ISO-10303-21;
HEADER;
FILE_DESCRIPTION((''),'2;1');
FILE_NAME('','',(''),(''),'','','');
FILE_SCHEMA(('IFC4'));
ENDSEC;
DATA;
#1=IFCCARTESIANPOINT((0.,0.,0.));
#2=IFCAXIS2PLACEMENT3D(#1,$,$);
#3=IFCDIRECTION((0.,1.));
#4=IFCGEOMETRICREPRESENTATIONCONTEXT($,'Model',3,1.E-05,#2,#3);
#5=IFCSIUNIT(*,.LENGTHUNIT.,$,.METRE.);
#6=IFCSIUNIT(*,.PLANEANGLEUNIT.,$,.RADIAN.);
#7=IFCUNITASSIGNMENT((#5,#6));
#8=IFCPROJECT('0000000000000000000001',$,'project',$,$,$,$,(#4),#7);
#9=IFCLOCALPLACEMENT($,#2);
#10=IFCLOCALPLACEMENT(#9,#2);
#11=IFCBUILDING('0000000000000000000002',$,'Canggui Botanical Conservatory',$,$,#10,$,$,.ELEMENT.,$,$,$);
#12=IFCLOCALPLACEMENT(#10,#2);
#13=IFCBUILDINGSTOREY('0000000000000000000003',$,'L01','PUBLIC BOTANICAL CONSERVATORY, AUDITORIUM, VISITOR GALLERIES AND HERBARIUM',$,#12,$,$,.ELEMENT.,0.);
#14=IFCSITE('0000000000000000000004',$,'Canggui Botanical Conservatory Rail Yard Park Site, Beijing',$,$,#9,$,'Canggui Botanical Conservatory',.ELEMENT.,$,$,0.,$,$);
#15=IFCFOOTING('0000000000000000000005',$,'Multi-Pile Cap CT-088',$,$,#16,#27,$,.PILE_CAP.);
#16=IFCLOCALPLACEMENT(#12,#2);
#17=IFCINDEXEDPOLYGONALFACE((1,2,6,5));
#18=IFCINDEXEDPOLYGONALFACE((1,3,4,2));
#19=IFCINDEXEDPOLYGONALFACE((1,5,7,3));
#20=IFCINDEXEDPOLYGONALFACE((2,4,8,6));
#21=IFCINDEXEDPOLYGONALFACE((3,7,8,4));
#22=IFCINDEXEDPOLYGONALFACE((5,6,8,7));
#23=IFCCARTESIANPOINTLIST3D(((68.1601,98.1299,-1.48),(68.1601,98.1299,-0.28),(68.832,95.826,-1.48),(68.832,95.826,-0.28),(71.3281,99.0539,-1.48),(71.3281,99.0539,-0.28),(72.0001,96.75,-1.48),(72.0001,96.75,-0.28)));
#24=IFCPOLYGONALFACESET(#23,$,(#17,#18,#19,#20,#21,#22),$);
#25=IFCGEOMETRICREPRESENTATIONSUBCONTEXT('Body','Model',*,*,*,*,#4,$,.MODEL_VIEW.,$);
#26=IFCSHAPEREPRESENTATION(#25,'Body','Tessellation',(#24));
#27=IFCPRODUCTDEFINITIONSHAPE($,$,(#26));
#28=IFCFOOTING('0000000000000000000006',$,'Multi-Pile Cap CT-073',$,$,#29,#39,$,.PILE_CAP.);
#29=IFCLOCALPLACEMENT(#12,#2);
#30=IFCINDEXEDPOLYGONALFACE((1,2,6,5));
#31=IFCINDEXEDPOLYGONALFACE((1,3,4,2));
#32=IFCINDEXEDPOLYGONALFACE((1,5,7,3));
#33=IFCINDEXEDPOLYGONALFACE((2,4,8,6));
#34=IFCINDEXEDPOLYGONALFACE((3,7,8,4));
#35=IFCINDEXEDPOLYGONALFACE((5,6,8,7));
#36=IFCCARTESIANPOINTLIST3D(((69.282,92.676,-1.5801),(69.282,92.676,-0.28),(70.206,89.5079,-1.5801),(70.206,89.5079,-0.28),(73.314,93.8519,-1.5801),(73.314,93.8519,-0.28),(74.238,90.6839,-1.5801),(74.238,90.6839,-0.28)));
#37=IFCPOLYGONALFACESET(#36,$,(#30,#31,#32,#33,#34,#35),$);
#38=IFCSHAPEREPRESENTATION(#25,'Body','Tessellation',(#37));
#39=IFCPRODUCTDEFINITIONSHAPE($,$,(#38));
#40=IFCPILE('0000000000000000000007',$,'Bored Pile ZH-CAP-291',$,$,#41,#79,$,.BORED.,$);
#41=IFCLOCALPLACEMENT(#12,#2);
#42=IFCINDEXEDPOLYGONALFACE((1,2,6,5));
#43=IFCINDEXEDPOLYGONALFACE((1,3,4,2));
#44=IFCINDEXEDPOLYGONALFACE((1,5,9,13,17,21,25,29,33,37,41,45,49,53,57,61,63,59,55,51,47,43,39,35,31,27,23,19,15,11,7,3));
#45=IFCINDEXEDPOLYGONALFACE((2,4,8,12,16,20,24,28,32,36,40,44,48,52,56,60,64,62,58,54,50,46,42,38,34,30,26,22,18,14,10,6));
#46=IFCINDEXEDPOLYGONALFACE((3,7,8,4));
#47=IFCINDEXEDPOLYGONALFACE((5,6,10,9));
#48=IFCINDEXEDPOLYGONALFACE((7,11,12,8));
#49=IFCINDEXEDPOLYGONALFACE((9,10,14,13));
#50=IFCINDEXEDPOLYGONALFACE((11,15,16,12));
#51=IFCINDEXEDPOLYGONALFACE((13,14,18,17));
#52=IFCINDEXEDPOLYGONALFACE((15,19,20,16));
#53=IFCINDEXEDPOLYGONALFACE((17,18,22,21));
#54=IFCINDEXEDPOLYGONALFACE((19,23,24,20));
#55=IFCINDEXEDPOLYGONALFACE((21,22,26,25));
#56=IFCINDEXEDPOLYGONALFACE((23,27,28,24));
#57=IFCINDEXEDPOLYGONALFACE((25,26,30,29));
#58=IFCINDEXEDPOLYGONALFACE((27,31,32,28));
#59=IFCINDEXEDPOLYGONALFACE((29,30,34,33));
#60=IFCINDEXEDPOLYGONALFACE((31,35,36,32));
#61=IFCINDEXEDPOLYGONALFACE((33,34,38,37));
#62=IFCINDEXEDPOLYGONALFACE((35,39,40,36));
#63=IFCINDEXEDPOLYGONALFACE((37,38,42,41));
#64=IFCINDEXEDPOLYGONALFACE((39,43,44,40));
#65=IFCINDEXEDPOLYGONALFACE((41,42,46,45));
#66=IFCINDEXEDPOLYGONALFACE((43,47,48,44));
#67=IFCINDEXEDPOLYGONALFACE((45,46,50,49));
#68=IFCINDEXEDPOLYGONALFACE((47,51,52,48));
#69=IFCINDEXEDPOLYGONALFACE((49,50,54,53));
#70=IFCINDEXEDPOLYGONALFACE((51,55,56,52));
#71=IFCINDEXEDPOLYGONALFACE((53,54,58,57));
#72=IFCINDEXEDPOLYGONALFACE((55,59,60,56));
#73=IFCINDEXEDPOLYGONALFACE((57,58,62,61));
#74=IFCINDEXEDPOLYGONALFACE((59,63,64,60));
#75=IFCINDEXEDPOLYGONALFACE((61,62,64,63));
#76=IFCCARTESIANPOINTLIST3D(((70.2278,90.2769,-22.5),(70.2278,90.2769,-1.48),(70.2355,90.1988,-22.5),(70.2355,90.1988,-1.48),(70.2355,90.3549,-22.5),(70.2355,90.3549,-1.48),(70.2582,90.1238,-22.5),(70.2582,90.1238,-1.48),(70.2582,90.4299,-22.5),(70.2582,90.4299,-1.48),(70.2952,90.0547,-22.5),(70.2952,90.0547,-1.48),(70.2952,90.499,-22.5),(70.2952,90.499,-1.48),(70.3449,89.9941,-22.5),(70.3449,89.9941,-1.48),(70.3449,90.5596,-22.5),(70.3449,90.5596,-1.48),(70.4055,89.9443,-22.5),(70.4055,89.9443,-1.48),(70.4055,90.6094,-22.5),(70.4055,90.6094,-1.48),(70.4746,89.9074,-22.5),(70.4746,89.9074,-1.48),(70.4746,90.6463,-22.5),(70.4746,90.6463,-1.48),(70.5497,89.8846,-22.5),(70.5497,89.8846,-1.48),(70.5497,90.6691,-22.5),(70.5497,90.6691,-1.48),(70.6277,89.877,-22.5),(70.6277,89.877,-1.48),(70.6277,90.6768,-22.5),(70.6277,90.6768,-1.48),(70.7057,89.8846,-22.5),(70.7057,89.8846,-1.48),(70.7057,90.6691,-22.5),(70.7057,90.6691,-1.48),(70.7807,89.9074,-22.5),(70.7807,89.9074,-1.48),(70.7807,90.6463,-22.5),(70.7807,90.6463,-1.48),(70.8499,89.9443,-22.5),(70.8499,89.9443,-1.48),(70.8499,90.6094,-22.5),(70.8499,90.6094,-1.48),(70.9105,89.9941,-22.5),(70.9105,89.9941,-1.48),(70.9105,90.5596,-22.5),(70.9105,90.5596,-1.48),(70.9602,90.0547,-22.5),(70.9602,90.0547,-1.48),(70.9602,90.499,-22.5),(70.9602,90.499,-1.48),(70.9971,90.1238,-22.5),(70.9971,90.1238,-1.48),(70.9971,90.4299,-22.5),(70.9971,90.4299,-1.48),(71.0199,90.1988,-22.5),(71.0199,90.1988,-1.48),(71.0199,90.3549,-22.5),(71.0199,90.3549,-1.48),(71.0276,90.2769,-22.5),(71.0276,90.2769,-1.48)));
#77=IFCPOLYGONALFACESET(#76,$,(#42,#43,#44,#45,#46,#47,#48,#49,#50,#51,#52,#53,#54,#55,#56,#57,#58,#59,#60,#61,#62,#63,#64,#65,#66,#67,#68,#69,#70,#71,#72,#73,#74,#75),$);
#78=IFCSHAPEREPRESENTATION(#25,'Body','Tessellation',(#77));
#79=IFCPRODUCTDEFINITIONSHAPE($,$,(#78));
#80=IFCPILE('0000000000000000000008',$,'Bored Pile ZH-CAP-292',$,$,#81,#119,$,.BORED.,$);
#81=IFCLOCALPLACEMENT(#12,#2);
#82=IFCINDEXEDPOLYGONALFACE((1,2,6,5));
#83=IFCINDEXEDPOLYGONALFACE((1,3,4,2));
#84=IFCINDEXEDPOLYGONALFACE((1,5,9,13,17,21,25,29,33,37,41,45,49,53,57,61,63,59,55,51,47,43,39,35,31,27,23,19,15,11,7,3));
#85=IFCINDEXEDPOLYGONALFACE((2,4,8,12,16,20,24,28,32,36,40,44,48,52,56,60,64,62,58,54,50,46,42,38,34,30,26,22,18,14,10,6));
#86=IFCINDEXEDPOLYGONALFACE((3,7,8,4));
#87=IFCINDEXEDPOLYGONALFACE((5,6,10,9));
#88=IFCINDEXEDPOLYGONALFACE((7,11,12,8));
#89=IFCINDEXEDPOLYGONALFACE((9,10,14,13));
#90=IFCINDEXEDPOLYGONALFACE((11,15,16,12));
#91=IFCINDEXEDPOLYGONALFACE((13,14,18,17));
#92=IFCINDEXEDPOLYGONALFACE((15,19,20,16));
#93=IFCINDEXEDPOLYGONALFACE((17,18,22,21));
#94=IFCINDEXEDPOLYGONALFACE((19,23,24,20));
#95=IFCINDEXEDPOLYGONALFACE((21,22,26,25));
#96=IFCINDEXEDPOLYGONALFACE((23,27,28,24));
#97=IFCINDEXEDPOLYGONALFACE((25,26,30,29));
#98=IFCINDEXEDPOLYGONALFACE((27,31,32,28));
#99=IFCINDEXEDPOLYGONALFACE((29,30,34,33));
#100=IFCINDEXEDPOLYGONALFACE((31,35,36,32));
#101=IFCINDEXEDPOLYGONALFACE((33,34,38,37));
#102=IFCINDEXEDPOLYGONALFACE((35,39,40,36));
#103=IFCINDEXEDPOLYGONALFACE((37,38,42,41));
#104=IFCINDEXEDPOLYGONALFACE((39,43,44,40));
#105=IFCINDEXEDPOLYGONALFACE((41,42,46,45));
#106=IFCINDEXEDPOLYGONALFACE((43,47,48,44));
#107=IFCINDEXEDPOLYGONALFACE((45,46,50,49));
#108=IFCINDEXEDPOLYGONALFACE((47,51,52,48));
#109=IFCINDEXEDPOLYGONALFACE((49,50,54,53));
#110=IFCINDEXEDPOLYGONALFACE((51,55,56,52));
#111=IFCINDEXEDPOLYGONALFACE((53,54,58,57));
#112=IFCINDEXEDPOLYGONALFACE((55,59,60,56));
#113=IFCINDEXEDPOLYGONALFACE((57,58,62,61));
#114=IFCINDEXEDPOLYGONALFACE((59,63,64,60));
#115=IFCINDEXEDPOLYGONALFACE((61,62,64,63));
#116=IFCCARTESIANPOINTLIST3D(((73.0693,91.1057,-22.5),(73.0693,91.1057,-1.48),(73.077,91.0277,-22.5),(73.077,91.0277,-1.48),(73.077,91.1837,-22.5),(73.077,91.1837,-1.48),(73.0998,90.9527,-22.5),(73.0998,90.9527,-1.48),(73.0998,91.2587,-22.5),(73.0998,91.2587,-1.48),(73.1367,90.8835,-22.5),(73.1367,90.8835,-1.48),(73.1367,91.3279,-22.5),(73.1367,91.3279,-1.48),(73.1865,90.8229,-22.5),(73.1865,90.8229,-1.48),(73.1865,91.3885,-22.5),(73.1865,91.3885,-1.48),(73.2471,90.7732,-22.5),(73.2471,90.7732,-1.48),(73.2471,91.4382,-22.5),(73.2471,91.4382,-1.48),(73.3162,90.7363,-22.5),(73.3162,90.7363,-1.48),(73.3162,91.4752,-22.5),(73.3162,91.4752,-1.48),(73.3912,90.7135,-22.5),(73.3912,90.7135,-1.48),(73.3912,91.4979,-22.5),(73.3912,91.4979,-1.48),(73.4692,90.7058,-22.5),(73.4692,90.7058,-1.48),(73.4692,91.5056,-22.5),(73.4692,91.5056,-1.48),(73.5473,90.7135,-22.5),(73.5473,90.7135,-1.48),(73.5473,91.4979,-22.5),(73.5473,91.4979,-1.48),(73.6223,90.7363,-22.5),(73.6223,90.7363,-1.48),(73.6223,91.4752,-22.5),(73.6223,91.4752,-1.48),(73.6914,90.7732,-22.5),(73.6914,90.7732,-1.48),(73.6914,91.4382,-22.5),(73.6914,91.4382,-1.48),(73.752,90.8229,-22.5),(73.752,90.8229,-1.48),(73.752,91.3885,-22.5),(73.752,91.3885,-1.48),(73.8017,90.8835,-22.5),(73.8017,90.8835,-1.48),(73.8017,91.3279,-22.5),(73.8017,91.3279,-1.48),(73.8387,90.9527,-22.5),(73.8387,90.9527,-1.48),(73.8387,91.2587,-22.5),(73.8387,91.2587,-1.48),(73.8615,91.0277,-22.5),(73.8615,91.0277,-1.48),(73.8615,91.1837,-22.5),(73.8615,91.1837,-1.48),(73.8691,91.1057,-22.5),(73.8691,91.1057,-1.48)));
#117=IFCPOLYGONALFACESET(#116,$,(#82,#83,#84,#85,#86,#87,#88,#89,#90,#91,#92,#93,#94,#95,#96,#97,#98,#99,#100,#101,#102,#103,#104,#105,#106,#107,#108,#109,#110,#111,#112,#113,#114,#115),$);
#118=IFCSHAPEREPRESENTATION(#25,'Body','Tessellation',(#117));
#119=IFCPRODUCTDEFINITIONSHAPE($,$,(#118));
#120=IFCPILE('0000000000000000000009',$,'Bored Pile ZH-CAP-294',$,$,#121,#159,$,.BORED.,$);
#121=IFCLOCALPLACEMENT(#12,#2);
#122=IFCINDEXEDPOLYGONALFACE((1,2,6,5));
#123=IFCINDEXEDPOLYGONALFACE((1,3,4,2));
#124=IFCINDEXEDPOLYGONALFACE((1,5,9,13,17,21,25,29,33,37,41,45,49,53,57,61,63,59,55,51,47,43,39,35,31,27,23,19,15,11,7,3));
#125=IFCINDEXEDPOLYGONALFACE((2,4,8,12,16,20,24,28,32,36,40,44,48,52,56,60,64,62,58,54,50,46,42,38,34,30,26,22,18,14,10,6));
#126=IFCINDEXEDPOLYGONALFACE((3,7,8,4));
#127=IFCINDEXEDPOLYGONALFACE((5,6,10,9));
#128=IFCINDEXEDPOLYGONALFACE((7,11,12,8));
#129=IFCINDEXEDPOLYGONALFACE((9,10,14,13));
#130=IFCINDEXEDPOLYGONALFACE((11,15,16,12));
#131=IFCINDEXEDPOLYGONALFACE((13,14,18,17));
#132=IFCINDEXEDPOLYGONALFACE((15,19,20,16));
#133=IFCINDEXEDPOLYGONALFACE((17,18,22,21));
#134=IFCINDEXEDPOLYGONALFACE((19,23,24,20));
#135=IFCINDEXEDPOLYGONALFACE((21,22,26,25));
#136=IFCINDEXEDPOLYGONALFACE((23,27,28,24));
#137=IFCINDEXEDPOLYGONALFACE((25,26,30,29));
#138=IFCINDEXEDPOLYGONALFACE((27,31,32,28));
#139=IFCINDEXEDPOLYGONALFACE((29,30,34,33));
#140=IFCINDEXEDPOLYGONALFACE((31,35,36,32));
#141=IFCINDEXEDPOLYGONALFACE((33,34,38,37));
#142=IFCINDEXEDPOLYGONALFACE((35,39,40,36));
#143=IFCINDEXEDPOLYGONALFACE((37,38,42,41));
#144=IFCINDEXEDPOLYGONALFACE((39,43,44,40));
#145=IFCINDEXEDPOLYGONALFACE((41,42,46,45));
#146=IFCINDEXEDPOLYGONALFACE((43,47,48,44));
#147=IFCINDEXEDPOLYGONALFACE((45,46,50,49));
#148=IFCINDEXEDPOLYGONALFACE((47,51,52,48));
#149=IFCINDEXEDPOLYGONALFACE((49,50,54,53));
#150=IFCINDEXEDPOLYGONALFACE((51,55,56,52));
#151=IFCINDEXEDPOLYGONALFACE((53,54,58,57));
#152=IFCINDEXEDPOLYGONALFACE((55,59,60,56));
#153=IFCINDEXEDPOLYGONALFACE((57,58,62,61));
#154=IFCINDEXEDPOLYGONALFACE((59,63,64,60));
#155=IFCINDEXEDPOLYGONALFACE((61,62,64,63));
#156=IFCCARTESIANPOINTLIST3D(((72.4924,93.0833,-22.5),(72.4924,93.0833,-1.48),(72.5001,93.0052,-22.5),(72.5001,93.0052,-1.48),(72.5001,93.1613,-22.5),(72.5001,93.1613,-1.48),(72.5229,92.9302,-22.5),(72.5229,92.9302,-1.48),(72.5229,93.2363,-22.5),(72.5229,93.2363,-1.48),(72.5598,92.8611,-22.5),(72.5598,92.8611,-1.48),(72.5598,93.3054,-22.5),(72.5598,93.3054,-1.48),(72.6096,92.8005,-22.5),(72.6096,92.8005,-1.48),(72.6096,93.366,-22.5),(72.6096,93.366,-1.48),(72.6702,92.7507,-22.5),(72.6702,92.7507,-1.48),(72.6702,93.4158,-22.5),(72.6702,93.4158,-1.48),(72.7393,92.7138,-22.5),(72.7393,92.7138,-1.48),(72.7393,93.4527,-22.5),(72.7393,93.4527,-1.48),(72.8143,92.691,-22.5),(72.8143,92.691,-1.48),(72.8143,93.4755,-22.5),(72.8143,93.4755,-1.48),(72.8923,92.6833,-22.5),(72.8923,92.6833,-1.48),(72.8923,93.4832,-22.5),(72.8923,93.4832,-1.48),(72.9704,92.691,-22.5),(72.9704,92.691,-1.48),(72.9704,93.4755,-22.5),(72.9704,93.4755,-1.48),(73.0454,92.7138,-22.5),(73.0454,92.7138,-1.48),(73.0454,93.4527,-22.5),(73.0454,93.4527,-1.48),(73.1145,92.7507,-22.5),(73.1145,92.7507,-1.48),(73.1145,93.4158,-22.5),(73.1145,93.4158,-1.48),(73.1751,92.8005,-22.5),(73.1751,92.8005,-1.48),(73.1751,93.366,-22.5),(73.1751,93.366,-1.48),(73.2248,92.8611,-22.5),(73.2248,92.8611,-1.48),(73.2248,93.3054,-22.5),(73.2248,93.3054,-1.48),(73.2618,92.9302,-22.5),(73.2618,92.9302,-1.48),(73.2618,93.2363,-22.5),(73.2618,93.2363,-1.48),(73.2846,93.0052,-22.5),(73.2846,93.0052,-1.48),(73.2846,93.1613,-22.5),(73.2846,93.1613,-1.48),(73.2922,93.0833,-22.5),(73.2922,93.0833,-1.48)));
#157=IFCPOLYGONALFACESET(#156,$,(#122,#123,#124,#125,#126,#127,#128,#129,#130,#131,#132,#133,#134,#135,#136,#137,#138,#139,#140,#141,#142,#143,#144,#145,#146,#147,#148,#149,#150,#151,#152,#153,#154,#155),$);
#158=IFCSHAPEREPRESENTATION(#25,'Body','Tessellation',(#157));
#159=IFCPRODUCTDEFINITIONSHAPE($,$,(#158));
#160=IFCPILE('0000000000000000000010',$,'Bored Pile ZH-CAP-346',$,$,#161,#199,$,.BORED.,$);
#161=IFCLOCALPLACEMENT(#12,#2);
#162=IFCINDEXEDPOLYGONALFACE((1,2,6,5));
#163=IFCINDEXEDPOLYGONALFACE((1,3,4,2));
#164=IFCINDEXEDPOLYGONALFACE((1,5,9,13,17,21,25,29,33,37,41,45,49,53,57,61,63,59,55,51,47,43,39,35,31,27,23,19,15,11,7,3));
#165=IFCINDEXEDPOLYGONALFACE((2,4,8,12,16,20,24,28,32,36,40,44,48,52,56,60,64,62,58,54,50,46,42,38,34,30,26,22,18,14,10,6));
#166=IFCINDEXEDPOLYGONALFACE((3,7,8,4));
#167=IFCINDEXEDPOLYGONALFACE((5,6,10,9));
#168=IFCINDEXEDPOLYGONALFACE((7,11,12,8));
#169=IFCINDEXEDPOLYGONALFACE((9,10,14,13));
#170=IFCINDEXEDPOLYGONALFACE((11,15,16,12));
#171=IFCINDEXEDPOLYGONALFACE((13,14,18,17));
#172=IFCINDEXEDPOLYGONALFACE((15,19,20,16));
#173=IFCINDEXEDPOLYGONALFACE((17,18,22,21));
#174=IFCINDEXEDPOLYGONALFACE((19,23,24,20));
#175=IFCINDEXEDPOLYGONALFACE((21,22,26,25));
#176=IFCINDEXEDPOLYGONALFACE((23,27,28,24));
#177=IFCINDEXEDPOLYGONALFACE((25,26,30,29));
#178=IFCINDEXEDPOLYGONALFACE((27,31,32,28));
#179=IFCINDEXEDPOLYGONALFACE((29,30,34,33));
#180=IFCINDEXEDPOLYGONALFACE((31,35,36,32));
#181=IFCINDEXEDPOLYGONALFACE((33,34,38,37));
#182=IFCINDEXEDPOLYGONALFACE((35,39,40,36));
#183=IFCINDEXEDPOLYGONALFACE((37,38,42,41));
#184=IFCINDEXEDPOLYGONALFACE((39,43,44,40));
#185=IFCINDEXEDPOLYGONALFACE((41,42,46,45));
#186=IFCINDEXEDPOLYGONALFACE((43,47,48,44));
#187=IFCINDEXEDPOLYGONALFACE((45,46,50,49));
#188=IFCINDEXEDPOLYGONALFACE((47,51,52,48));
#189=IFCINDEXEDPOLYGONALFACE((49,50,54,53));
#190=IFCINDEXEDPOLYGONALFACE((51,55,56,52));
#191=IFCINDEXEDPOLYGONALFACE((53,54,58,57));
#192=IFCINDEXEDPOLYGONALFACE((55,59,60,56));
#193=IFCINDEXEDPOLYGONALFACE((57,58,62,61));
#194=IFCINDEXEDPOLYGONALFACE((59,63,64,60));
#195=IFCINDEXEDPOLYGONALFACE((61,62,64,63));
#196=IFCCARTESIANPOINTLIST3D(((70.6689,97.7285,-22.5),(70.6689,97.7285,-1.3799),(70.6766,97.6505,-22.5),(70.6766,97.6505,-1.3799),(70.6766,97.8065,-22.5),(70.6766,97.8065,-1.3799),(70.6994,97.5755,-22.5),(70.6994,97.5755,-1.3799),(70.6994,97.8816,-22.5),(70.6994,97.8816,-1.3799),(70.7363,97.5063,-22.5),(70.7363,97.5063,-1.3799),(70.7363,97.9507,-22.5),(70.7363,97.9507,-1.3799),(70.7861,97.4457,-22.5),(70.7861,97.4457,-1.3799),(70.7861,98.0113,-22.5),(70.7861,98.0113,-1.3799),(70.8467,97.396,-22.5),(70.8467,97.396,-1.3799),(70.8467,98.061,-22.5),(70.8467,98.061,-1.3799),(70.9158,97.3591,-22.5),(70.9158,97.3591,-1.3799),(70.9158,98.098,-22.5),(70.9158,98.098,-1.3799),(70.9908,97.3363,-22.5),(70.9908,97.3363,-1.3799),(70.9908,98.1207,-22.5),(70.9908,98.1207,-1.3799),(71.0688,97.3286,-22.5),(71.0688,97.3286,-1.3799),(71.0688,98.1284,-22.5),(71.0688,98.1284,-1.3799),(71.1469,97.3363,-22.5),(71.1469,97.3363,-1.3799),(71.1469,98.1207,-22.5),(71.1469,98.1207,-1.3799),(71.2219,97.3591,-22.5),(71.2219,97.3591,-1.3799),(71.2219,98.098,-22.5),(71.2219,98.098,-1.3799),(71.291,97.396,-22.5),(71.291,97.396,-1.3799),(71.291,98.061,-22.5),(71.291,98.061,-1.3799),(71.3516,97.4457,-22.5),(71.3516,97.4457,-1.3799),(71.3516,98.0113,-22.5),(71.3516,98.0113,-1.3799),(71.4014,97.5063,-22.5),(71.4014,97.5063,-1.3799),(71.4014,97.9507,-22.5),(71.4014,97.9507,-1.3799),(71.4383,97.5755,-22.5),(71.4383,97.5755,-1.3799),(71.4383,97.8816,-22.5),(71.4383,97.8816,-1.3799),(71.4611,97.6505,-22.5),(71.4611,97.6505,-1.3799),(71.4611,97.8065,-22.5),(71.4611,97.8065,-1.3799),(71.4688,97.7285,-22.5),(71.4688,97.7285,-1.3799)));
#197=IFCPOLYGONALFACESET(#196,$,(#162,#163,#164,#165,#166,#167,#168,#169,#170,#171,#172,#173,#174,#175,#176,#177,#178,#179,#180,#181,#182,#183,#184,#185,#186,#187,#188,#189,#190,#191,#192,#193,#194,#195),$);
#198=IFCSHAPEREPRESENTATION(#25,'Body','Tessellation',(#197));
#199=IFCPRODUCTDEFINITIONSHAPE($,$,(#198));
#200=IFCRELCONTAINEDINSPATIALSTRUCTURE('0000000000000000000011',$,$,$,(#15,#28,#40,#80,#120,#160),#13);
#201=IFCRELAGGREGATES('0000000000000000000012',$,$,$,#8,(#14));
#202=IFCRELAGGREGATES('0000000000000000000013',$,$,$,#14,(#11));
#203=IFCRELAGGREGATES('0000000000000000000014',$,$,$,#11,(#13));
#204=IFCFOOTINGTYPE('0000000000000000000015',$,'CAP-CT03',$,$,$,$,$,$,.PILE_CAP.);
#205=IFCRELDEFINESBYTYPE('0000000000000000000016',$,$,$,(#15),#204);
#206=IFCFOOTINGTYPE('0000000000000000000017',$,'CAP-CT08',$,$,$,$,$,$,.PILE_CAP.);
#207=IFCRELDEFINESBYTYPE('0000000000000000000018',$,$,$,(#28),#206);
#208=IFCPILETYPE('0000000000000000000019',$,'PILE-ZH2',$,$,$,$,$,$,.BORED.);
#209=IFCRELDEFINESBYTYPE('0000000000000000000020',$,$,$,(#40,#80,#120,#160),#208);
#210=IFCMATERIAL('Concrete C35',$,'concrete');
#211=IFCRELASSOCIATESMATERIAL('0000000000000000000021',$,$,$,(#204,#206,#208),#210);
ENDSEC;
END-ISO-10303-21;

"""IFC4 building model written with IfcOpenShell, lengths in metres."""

from ifc_helpers import new_model, si_unit, direction, frame, origin, origin_2d, place, context, subcontext, project, spatial, rectangle, circle, extrude, material, material_profile, profile_set, type_object, element, save


model = new_model("IFC4")

# Units and contexts
model_context = context("Model", 3, precision=1e-05, world=origin(), true_north=direction((0.0, 1.0)))
body_context = subcontext(model_context, "Body", "Model", "MODEL_VIEW")
ifc_project = project(units=[si_unit("LENGTHUNIT", "METRE"), si_unit("PLANEANGLEUNIT", "RADIAN")], contexts=[model_context])

# Site, building, storey
site_placement = place(None, origin())
site = spatial("IfcSite", under=ifc_project, at=site_placement, Name="Canggui Botanical Conservatory Rail Yard Park Site, Beijing", LongName="Canggui Botanical Conservatory", CompositionType="ELEMENT", RefElevation=0.0)
building_placement = place(site_placement, origin())
building = spatial("IfcBuilding", under=site, at=building_placement, Name="Canggui Botanical Conservatory", CompositionType="ELEMENT")
storey_placement = place(building_placement, origin())
storey = spatial("IfcBuildingStorey", under=building, at=storey_placement, Name="L01", Description="PUBLIC BOTANICAL CONSERVATORY, AUDITORIUM, VISITOR GALLERIES AND HERBARIUM", CompositionType="ELEMENT", Elevation=0.0)

# Footings
ifc_material_1 = material(Name="Concrete C35", Category="concrete")
footing_type_1 = type_object("IfcFootingType", Name="CAP-CT03", PredefinedType="PILE_CAP", material=ifc_material_1)
footing_1_placement = place(storey_placement, frame((70.0801, 97.4399, -1.48), z_axis=(0.0, 0.0, 1.0), x_axis=(0.96, 0.28, 0.0)))
element("IfcFooting", 1, at=footing_1_placement, inside=storey, type_object=footing_type_1, Name="Multi-Pile Cap CT-088", PredefinedType="PILE_CAP", context=body_context, shape_type="SweptSolid", body=[
    extrude(rectangle(XDim=3.3, YDim=2.3999, at=origin_2d()), origin(), (0.0, 0.0, 1.0), 1.2),
])
footing_type_2 = type_object("IfcFootingType", Name="CAP-CT08", PredefinedType="PILE_CAP", material=ifc_material_1)
footing_2_placement = place(storey_placement, frame((71.76, 91.6799, -1.5801), z_axis=(0.0, 0.0, 1.0), x_axis=(0.96, 0.28, 0.0)))
element("IfcFooting", 2, at=footing_2_placement, inside=storey, type_object=footing_type_2, Name="Multi-Pile Cap CT-073", PredefinedType="PILE_CAP", context=body_context, shape_type="SweptSolid", body=[
    extrude(rectangle(XDim=4.2, YDim=3.3, at=origin_2d()), origin(), (0.0, 0.0, 1.0), 1.3),
])

# Piles
ifc_material_profile_1 = material_profile(ifc_material_1, circle(Radius=0.3999, at=origin_2d()), Name="PILE D800")
ifc_profile_set_1 = profile_set([ifc_material_profile_1], Name="Concrete C35")
pile_type = type_object("IfcPileType", Name="PILE-ZH2", PredefinedType="BORED", material=ifc_profile_set_1)
for number, where, z_axis, x_axis, name in (
    (3, (70.6277, 90.2769, -1.48), (0.0, 0.0, -1.0), (1.0, 0.0, 0.0), "Bored Pile ZH-CAP-291"),
    (4, (73.4692, 91.1057, -1.48), (0.0, 0.0, -1.0), (1.0, 0.0, 0.0), "Bored Pile ZH-CAP-292"),
    (5, (72.8923, 93.0833, -1.48), (0.0, 0.0, -1.0), (1.0, 0.0, 0.0), "Bored Pile ZH-CAP-294"),
):
    element("IfcPile", number, at=place(storey_placement, frame(where, z_axis=z_axis, x_axis=x_axis)), inside=storey, type_object=pile_type, Name=name, PredefinedType="BORED", context=body_context, shape_type="SweptSolid", body=[
        extrude(circle(Radius=0.3999, at=origin_2d()), origin(), (0.0, 0.0, 1.0), 21.02),
    ])
pile_1_placement = place(storey_placement, frame((71.0688, 97.7285, -1.3799), z_axis=(0.0, 0.0, -1.0), x_axis=(1.0, 0.0, 0.0)))
element("IfcPile", 6, at=pile_1_placement, inside=storey, type_object=pile_type, Name="Bored Pile ZH-CAP-346", PredefinedType="BORED", context=body_context, shape_type="SweptSolid", body=[
    extrude(circle(Radius=0.3999, at=origin_2d()), origin(), (0.0, 0.0, 1.0), 21.1201),
])

save(model, "model.ifc")
